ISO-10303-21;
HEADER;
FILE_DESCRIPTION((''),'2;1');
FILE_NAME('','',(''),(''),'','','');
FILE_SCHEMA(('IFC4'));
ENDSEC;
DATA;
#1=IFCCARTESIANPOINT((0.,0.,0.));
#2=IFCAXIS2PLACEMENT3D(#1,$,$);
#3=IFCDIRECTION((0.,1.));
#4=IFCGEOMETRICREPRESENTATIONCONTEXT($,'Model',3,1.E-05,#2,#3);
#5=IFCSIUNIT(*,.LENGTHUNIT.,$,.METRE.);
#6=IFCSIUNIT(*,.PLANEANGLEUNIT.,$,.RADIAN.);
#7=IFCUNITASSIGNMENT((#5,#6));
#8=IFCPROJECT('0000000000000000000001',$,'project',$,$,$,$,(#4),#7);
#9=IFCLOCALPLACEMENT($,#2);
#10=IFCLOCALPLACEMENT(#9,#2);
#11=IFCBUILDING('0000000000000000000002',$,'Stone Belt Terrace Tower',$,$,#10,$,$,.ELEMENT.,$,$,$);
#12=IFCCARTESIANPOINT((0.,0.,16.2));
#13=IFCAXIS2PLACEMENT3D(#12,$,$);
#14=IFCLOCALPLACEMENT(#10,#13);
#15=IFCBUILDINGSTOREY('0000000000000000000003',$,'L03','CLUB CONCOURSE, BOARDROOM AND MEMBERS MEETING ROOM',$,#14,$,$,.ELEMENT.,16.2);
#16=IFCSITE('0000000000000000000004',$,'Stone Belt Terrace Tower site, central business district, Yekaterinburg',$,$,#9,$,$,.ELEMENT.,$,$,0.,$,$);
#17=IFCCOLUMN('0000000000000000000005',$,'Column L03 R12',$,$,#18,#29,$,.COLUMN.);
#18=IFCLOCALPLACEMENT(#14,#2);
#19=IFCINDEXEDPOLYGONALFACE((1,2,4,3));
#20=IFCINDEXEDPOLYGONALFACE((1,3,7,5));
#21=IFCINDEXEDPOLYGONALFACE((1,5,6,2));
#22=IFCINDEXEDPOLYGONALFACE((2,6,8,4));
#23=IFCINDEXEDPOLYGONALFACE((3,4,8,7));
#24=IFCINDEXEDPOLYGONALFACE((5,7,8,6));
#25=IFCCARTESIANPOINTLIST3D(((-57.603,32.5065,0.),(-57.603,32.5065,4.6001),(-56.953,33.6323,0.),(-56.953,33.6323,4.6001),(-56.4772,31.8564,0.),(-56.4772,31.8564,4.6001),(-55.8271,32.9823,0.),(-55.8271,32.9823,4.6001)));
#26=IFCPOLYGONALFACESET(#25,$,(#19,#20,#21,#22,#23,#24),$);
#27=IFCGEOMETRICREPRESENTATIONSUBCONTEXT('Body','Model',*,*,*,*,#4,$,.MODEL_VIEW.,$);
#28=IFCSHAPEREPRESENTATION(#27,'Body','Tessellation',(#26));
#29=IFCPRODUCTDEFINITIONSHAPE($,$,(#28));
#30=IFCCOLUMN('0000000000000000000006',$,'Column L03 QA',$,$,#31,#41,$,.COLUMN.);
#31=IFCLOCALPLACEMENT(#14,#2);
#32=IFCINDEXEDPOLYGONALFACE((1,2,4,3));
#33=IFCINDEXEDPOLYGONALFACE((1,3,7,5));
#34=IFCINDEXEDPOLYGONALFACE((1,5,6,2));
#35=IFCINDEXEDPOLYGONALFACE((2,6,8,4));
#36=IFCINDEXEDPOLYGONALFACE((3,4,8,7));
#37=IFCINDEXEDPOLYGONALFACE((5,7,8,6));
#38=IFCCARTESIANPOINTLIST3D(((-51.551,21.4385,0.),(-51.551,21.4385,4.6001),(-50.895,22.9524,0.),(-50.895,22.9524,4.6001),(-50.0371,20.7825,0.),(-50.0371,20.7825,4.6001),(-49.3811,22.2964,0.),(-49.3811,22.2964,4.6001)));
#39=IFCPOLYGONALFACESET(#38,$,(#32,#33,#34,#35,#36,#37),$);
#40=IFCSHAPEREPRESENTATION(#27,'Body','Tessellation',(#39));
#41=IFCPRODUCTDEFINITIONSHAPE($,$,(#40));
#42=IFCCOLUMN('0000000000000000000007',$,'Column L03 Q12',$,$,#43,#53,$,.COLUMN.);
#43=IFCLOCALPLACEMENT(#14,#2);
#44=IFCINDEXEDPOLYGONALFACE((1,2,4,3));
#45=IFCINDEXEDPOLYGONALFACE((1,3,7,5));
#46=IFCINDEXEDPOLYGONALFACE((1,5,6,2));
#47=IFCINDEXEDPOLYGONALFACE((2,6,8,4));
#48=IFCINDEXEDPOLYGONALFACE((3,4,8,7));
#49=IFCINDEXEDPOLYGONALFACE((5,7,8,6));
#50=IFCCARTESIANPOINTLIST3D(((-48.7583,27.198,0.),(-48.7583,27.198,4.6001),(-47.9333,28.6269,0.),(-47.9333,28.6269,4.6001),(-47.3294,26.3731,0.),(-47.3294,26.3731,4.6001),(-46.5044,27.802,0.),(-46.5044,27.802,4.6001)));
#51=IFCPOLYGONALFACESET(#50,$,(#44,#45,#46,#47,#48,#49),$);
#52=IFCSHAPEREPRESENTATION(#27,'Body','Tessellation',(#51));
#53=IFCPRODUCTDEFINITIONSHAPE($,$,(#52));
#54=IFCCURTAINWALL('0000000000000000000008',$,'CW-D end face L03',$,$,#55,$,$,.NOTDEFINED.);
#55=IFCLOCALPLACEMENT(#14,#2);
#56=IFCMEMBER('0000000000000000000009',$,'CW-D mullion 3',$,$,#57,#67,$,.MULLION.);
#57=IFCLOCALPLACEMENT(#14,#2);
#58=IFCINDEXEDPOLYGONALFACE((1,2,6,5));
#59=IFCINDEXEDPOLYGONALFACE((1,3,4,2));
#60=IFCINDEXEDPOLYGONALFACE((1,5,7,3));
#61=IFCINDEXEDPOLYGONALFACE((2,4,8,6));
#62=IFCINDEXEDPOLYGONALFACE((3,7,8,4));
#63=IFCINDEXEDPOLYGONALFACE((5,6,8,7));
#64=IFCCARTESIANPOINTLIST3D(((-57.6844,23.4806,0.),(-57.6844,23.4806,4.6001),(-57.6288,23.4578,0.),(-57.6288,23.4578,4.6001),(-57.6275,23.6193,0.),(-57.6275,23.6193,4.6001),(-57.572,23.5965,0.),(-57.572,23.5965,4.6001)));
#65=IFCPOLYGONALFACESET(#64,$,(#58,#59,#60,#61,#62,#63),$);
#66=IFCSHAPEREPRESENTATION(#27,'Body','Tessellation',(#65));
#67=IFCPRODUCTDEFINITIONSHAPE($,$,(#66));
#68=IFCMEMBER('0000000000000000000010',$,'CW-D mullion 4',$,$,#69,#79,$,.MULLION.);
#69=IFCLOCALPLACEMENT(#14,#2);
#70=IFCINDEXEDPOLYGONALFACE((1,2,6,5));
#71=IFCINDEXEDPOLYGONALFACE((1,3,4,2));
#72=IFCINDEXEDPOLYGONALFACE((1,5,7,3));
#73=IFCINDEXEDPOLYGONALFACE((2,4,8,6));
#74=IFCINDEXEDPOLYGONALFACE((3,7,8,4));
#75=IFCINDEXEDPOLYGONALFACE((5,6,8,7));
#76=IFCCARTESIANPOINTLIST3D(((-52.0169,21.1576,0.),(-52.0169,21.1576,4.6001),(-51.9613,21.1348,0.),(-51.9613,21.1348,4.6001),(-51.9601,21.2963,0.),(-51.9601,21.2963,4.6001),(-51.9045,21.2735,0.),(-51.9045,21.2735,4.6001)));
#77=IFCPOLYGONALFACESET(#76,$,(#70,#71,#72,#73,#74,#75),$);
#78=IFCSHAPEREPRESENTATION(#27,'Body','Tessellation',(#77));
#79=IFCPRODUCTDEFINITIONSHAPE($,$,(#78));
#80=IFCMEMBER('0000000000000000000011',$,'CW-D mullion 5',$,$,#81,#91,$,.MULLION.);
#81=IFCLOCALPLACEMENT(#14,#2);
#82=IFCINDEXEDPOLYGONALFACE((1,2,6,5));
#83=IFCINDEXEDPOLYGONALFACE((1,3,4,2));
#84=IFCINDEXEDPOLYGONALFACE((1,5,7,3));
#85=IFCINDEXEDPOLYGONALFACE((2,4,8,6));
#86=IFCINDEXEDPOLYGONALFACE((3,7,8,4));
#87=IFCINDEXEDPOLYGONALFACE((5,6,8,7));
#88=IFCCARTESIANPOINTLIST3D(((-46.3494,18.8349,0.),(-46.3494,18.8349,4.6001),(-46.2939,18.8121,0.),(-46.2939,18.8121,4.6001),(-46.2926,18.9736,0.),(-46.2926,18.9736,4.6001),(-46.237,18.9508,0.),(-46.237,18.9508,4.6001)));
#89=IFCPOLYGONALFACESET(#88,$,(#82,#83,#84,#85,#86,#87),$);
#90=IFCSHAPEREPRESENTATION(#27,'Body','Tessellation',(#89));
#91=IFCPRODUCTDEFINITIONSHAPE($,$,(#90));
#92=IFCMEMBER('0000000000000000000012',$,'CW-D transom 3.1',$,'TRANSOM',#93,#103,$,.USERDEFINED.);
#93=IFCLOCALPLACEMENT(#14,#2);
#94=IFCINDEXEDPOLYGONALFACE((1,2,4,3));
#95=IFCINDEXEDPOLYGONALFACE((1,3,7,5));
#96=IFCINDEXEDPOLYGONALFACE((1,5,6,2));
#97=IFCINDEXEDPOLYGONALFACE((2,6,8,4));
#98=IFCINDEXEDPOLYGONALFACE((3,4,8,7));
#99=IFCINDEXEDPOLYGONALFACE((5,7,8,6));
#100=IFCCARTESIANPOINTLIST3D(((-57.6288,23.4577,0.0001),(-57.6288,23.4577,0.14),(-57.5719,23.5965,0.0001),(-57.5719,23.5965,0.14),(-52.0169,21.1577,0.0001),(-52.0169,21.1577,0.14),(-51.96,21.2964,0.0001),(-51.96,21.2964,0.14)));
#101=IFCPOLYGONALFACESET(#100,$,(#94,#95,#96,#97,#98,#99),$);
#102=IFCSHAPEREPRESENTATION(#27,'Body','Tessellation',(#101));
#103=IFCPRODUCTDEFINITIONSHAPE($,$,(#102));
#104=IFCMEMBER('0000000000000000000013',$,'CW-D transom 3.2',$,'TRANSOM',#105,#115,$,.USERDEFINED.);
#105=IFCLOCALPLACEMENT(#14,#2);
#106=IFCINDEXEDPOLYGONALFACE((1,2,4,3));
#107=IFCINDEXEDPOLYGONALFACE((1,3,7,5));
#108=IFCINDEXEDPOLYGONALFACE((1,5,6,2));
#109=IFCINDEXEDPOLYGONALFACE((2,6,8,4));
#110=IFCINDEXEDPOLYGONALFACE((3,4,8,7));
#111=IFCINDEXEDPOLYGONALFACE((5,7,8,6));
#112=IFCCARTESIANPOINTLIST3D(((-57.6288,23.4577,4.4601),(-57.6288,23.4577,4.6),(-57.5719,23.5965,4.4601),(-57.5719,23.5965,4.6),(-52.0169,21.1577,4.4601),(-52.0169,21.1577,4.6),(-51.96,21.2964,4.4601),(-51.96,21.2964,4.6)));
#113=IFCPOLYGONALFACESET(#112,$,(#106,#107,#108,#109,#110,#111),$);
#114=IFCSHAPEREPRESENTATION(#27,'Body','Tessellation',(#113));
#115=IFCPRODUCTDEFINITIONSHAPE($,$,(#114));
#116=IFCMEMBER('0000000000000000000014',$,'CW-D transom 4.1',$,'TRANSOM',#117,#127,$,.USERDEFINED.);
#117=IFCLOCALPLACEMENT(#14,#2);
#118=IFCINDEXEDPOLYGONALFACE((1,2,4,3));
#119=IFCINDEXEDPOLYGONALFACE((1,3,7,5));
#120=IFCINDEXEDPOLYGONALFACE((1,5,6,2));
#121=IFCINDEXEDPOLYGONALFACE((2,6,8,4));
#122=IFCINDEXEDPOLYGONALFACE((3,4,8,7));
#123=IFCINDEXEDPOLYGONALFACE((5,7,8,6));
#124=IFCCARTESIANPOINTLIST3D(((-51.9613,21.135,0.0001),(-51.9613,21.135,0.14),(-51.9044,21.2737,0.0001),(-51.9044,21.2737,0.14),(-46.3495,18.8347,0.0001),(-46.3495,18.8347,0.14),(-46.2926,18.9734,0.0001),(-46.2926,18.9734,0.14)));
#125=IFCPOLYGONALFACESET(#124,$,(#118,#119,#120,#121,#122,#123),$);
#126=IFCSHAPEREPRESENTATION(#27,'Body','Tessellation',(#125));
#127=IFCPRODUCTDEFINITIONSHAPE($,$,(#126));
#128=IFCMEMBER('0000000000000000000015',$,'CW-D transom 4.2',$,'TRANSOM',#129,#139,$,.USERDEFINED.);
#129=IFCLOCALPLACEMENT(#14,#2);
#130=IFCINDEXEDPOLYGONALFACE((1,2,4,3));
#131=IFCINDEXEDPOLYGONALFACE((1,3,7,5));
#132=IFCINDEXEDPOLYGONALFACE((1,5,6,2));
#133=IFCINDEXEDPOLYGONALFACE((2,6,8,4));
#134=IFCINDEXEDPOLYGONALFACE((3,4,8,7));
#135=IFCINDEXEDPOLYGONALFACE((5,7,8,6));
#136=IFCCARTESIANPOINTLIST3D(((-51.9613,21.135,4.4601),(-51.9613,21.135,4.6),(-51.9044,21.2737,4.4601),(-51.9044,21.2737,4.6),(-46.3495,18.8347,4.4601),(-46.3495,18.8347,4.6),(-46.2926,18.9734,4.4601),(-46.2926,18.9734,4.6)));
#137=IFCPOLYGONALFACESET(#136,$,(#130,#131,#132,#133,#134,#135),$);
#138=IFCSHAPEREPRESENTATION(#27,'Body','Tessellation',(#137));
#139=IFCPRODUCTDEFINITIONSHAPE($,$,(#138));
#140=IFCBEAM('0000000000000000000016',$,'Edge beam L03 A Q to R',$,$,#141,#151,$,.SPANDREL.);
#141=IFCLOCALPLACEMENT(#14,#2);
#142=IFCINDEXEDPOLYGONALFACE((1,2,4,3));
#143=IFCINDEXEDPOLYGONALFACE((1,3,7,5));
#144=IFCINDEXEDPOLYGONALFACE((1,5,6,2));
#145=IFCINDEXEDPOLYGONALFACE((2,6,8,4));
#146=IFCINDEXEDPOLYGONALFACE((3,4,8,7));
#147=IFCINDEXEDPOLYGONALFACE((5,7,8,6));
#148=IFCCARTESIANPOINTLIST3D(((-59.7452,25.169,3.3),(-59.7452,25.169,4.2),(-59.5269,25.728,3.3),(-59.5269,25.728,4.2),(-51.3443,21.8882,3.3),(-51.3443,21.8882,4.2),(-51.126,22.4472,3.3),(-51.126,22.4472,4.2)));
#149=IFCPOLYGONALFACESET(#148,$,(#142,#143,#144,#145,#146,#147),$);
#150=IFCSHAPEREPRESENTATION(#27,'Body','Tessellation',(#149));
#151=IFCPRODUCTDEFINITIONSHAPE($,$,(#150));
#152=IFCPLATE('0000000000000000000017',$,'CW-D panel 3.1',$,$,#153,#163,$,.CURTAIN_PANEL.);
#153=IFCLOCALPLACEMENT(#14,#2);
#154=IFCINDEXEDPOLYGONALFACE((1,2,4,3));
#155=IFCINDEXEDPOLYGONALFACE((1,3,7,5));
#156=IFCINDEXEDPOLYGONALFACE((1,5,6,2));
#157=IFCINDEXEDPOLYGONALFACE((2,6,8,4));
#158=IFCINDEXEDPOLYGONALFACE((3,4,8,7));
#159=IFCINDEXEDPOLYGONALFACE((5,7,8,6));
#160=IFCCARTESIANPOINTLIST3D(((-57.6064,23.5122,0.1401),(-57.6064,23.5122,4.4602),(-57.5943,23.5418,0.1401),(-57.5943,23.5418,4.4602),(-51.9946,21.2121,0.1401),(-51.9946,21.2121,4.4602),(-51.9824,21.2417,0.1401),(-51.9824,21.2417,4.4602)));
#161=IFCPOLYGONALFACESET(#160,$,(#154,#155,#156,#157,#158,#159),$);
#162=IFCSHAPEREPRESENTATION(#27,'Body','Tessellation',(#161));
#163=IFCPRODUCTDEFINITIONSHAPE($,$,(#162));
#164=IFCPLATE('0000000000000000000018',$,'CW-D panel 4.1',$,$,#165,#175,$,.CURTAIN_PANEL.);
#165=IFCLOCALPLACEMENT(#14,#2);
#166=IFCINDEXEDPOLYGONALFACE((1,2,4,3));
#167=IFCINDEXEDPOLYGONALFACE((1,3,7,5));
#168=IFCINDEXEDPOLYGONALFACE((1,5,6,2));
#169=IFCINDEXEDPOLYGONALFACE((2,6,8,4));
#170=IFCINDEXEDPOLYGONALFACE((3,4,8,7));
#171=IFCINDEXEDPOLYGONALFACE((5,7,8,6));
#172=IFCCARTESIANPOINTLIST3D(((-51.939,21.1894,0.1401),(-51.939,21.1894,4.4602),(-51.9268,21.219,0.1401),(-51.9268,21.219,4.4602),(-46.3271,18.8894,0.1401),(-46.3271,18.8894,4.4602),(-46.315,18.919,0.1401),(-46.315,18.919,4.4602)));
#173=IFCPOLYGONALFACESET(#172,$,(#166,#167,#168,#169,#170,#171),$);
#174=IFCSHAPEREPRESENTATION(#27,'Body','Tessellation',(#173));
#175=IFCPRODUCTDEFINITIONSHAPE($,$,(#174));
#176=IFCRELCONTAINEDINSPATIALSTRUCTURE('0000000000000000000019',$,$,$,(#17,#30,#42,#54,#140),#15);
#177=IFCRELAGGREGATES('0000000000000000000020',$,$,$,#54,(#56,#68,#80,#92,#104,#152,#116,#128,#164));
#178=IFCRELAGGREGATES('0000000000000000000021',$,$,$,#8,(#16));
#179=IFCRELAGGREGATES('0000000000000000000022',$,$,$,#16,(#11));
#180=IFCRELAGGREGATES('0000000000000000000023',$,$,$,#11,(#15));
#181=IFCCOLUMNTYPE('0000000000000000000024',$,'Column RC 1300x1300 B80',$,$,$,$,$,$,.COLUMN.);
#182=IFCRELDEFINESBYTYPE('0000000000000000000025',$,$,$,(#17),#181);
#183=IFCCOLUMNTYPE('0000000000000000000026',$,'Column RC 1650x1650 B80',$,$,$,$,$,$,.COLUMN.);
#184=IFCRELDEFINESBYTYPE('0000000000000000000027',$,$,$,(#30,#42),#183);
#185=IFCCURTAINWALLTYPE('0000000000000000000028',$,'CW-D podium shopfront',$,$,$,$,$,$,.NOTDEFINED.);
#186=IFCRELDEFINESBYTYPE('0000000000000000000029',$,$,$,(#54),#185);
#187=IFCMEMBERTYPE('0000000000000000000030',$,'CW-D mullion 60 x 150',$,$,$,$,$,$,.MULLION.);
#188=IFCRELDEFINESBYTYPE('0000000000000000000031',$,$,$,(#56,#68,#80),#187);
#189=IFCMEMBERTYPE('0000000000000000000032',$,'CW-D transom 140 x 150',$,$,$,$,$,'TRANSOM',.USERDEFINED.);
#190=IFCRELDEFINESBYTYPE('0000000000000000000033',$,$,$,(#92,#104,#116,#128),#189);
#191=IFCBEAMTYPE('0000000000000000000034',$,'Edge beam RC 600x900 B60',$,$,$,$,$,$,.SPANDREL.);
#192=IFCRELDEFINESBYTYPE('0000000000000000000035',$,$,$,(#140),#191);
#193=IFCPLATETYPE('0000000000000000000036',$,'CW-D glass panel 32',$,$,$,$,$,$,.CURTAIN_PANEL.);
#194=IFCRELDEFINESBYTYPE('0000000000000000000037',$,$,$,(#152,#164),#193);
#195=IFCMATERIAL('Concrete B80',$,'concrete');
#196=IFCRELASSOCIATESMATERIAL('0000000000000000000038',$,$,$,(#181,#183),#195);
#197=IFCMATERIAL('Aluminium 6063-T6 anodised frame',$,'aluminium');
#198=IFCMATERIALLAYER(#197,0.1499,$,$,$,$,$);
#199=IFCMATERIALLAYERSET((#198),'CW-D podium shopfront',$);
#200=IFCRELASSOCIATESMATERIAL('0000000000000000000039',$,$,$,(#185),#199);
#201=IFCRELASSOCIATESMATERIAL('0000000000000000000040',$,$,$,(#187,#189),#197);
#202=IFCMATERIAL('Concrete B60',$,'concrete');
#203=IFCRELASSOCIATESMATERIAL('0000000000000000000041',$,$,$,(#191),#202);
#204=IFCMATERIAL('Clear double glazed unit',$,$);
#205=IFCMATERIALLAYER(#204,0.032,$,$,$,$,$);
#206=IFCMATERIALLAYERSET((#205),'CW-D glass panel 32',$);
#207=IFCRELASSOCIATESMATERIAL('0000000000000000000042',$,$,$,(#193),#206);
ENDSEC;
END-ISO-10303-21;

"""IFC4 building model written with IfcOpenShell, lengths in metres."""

from ifc_helpers import new_model, si_unit, direction, frame, origin, origin_2d, place, context, subcontext, project, spatial, rectangle, extrude, material, layer, layer_set, material_profile, profile_set, type_object, element, aggregate, save


model = new_model("IFC4")

# Units and contexts
model_context = context("Model", 3, precision=1e-05, world=origin(), true_north=direction((0.0, 1.0)))
body_context = subcontext(model_context, "Body", "Model", "MODEL_VIEW")
ifc_project = project(units=[si_unit("LENGTHUNIT", "METRE"), si_unit("PLANEANGLEUNIT", "RADIAN")], contexts=[model_context])

# Site, building, storey
site_placement = place(None, origin())
site = spatial("IfcSite", under=ifc_project, at=site_placement, Name="Stone Belt Terrace Tower site, central business district, Yekaterinburg", CompositionType="ELEMENT", RefElevation=0.0)
building_placement = place(site_placement, origin())
building = spatial("IfcBuilding", under=site, at=building_placement, Name="Stone Belt Terrace Tower", CompositionType="ELEMENT")
storey_placement = place(building_placement, frame((0.0, 0.0, 16.2)))
storey = spatial("IfcBuildingStorey", under=building, at=storey_placement, Name="L03", Description="CLUB CONCOURSE, BOARDROOM AND MEMBERS MEETING ROOM", CompositionType="ELEMENT", Elevation=16.2)

# Columns
ifc_material_1 = material(Name="Concrete B80", Category="concrete")
ifc_material_profile_1 = material_profile(ifc_material_1, rectangle(XDim=1.3, YDim=1.3, at=origin_2d()), Name="RC 1300x1300")
ifc_profile_set_1 = profile_set([ifc_material_profile_1], Name="Concrete B80")
column_type_1 = type_object("IfcColumnType", Name="Column RC 1300x1300 B80", PredefinedType="COLUMN", material=ifc_profile_set_1)
column_placement = place(storey_placement, frame((-56.7151, 32.7444, 0.0), z_axis=(0.0, 0.0, 1.0), x_axis=(0.5, 0.866025, 0.0)))
element("IfcColumn", 1, at=column_placement, inside=storey, type_object=column_type_1, Name="Column L03 R12", PredefinedType="COLUMN", context=body_context, shape_type="SweptSolid", body=[
    extrude(rectangle(XDim=1.3, YDim=1.3, at=origin_2d()), origin(), (0.0, 0.0, 1.0), 4.6001),
])
ifc_material_profile_2 = material_profile(ifc_material_1, rectangle(XDim=1.6499, YDim=1.6499, at=origin_2d()), Name="RC 1650x1650")
ifc_profile_set_2 = profile_set([ifc_material_profile_2], Name="Concrete B80")
column_type_2 = type_object("IfcColumnType", Name="Column RC 1650x1650 B80", PredefinedType="COLUMN", material=ifc_profile_set_2)
for number, where, z_axis, x_axis, name in (
    (2, (-50.4661, 21.8674, 0.0), (0.0, 0.0, 1.0), (0.397588, 0.917564, 0.0), "Column L03 QA"),
    (3, (-47.6313, 27.5, 0.0), (0.0, 0.0, 1.0), (0.5, 0.866025, 0.0), "Column L03 Q12"),
):
    element("IfcColumn", number, at=place(storey_placement, frame(where, z_axis=z_axis, x_axis=x_axis)), inside=storey, type_object=column_type_2, Name=name, PredefinedType="COLUMN", context=body_context, shape_type="SweptSolid", body=[
        extrude(rectangle(XDim=1.6499, YDim=1.6499, at=origin_2d()), origin(), (0.0, 0.0, 1.0), 4.6001),
    ])

# Curtain wall, members
ifc_material_2 = material(Name="Aluminium 6063-T6 anodised frame", Category="aluminium")
ifc_layer_1 = layer(ifc_material_2, 0.1499)
ifc_layer_set_1 = layer_set([ifc_layer_1], Name="CW-D podium shopfront")
curtain_wall_type = type_object("IfcCurtainWallType", Name="CW-D podium shopfront", PredefinedType="NOTDEFINED", material=ifc_layer_set_1)
curtain_wall_placement = place(storey_placement, origin())
curtain_wall = element("IfcCurtainWall", 4, at=curtain_wall_placement, inside=storey, type_object=curtain_wall_type, Name="CW-D end face L03", PredefinedType="NOTDEFINED")
ifc_material_profile_3 = material_profile(ifc_material_2, rectangle(XDim=0.1499, YDim=0.0601, at=origin_2d()), Name="Aluminium 6063-T6 60x150")
ifc_profile_set_3 = profile_set([ifc_material_profile_3], Name="Aluminium 6063-T6 anodised frame")
member_type_1 = type_object("IfcMemberType", Name="CW-D mullion 60 x 150", PredefinedType="MULLION", material=ifc_profile_set_3)
member_1_placement = place(storey_placement, frame((-57.6282, 23.5386, 0.0), z_axis=(0.0, 0.0, 1.0), x_axis=(0.379243, 0.925297, 0.0)))
member_1 = element("IfcMember", 5, at=member_1_placement, type_object=member_type_1, Name="CW-D mullion 3", PredefinedType="MULLION", context=body_context, shape_type="SweptSolid", body=[
    extrude(rectangle(XDim=0.1499, YDim=0.0601, at=origin_2d()), origin(), (0.0, 0.0, 1.0), 4.6001),
])
member_2_placement = place(storey_placement, frame((-51.9607, 21.2156, 0.0), z_axis=(0.0, 0.0, 1.0), x_axis=(0.379243, 0.925297, 0.0)))
member_2 = element("IfcMember", 6, at=member_2_placement, type_object=member_type_1, Name="CW-D mullion 4", PredefinedType="MULLION", context=body_context, shape_type="SweptSolid", body=[
    extrude(rectangle(XDim=0.1499, YDim=0.0601, at=origin_2d()), origin(), (0.0, 0.0, 1.0), 4.6001),
])
member_3_placement = place(storey_placement, frame((-46.2932, 18.8928, 0.0), z_axis=(0.0, 0.0, 1.0), x_axis=(0.379243, 0.925297, 0.0)))
member_3 = element("IfcMember", 7, at=member_3_placement, type_object=member_type_1, Name="CW-D mullion 5", PredefinedType="MULLION", context=body_context, shape_type="SweptSolid", body=[
    extrude(rectangle(XDim=0.1499, YDim=0.0601, at=origin_2d()), origin(), (0.0, 0.0, 1.0), 4.6001),
])
ifc_material_profile_4 = material_profile(ifc_material_2, rectangle(XDim=0.1499, YDim=0.1399, at=origin_2d()), Name="Aluminium 6063-T6 150x140")
ifc_profile_set_4 = profile_set([ifc_material_profile_4], Name="Aluminium 6063-T6 anodised frame")
member_type_2 = type_object("IfcMemberType", Name="CW-D transom 140 x 150", ElementType="TRANSOM", PredefinedType="USERDEFINED", material=ifc_profile_set_4)
member_4_placement = place(storey_placement, frame((-57.6003, 23.5271, 0.0701), z_axis=(0.925298, -0.379241, 0.0), x_axis=(0.379241, 0.925298, 0.0)))
member_4 = element("IfcMember", 8, at=member_4_placement, type_object=member_type_2, Name="CW-D transom 3.1", ObjectType="TRANSOM", PredefinedType="USERDEFINED", context=body_context, shape_type="SweptSolid", body=[
    extrude(rectangle(XDim=0.1499, YDim=0.1399, at=origin_2d()), origin(), (0.0, 0.0, 1.0), 6.0649),
])
member_5_placement = place(storey_placement, frame((-57.6003, 23.5271, 4.53), z_axis=(0.925298, -0.379241, 0.0), x_axis=(0.379241, 0.925298, 0.0)))
member_5 = element("IfcMember", 9, at=member_5_placement, type_object=member_type_2, Name="CW-D transom 3.2", ObjectType="TRANSOM", PredefinedType="USERDEFINED", context=body_context, shape_type="SweptSolid", body=[
    extrude(rectangle(XDim=0.1499, YDim=0.1399, at=origin_2d()), origin(), (0.0, 0.0, 1.0), 6.0649),
])
member_6_placement = place(storey_placement, frame((-51.9329, 21.2043, 0.0701), z_axis=(0.925284, -0.379275, 0.0), x_axis=(0.379275, 0.925284, 0.0)))
member_6 = element("IfcMember", 10, at=member_6_placement, type_object=member_type_2, Name="CW-D transom 4.1", ObjectType="TRANSOM", PredefinedType="USERDEFINED", context=body_context, shape_type="SweptSolid", body=[
    extrude(rectangle(XDim=0.1499, YDim=0.1399, at=origin_2d()), origin(), (0.0, 0.0, 1.0), 6.0649),
])
member_7_placement = place(storey_placement, frame((-51.9329, 21.2043, 4.53), z_axis=(0.925284, -0.379275, 0.0), x_axis=(0.379275, 0.925284, 0.0)))
member_7 = element("IfcMember", 11, at=member_7_placement, type_object=member_type_2, Name="CW-D transom 4.2", ObjectType="TRANSOM", PredefinedType="USERDEFINED", context=body_context, shape_type="SweptSolid", body=[
    extrude(rectangle(XDim=0.1499, YDim=0.1399, at=origin_2d()), origin(), (0.0, 0.0, 1.0), 6.0649),
])

# Beam
ifc_material_3 = material(Name="Concrete B60", Category="concrete")
ifc_material_profile_5 = material_profile(ifc_material_3, rectangle(XDim=0.6001, YDim=0.8999, at=origin_2d()), Name="RC 600x900")
ifc_profile_set_5 = profile_set([ifc_material_profile_5], Name="Concrete B60")
beam_type = type_object("IfcBeamType", Name="Edge beam RC 600x900 B60", PredefinedType="SPANDREL", material=ifc_profile_set_5)
beam_placement = place(storey_placement, frame((-51.2351, 22.1677, 3.75), z_axis=(-0.931489, 0.363771, 0.0), x_axis=(-0.363771, -0.931489, 0.0)))
element("IfcBeam", 12, at=beam_placement, inside=storey, type_object=beam_type, Name="Edge beam L03 A Q to R", PredefinedType="SPANDREL", context=body_context, shape_type="SweptSolid", body=[
    extrude(rectangle(XDim=0.6001, YDim=0.8999, at=origin_2d()), origin(), (0.0, 0.0, 1.0), 9.0188),
])

# Plates
ifc_material_4 = material(Name="Clear double glazed unit")
ifc_layer_2 = layer(ifc_material_4, 0.032)
ifc_layer_set_2 = layer_set([ifc_layer_2], Name="CW-D glass panel 32")
plate_type = type_object("IfcPlateType", Name="CW-D glass panel 32", PredefinedType="CURTAIN_PANEL", material=ifc_layer_set_2)
plate_1_placement = place(storey_placement, frame((-54.7944, 22.377, 0.1401), z_axis=(0.0, 0.0, 1.0), x_axis=(0.925297, -0.379243, 0.0)))
plate_1 = element("IfcPlate", 13, at=plate_1_placement, type_object=plate_type, Name="CW-D panel 3.1", PredefinedType="CURTAIN_PANEL", context=body_context, shape_type="SweptSolid", body=[
    extrude(rectangle(XDim=6.0649, YDim=0.032, at=origin_2d()), origin(), (0.0, 0.0, 1.0), 4.3201),
])
plate_2_placement = place(storey_placement, frame((-49.127, 20.0542, 0.1401), z_axis=(0.0, 0.0, 1.0), x_axis=(0.925297, -0.379243, 0.0)))
plate_2 = element("IfcPlate", 14, at=plate_2_placement, type_object=plate_type, Name="CW-D panel 4.1", PredefinedType="CURTAIN_PANEL", context=body_context, shape_type="SweptSolid", body=[
    extrude(rectangle(XDim=6.0649, YDim=0.032, at=origin_2d()), origin(), (0.0, 0.0, 1.0), 4.3201),
])
aggregate(curtain_wall, [member_1, member_2, member_3, member_4, member_5, plate_1, member_6, member_7, plate_2])

save(model, "model.ifc")
